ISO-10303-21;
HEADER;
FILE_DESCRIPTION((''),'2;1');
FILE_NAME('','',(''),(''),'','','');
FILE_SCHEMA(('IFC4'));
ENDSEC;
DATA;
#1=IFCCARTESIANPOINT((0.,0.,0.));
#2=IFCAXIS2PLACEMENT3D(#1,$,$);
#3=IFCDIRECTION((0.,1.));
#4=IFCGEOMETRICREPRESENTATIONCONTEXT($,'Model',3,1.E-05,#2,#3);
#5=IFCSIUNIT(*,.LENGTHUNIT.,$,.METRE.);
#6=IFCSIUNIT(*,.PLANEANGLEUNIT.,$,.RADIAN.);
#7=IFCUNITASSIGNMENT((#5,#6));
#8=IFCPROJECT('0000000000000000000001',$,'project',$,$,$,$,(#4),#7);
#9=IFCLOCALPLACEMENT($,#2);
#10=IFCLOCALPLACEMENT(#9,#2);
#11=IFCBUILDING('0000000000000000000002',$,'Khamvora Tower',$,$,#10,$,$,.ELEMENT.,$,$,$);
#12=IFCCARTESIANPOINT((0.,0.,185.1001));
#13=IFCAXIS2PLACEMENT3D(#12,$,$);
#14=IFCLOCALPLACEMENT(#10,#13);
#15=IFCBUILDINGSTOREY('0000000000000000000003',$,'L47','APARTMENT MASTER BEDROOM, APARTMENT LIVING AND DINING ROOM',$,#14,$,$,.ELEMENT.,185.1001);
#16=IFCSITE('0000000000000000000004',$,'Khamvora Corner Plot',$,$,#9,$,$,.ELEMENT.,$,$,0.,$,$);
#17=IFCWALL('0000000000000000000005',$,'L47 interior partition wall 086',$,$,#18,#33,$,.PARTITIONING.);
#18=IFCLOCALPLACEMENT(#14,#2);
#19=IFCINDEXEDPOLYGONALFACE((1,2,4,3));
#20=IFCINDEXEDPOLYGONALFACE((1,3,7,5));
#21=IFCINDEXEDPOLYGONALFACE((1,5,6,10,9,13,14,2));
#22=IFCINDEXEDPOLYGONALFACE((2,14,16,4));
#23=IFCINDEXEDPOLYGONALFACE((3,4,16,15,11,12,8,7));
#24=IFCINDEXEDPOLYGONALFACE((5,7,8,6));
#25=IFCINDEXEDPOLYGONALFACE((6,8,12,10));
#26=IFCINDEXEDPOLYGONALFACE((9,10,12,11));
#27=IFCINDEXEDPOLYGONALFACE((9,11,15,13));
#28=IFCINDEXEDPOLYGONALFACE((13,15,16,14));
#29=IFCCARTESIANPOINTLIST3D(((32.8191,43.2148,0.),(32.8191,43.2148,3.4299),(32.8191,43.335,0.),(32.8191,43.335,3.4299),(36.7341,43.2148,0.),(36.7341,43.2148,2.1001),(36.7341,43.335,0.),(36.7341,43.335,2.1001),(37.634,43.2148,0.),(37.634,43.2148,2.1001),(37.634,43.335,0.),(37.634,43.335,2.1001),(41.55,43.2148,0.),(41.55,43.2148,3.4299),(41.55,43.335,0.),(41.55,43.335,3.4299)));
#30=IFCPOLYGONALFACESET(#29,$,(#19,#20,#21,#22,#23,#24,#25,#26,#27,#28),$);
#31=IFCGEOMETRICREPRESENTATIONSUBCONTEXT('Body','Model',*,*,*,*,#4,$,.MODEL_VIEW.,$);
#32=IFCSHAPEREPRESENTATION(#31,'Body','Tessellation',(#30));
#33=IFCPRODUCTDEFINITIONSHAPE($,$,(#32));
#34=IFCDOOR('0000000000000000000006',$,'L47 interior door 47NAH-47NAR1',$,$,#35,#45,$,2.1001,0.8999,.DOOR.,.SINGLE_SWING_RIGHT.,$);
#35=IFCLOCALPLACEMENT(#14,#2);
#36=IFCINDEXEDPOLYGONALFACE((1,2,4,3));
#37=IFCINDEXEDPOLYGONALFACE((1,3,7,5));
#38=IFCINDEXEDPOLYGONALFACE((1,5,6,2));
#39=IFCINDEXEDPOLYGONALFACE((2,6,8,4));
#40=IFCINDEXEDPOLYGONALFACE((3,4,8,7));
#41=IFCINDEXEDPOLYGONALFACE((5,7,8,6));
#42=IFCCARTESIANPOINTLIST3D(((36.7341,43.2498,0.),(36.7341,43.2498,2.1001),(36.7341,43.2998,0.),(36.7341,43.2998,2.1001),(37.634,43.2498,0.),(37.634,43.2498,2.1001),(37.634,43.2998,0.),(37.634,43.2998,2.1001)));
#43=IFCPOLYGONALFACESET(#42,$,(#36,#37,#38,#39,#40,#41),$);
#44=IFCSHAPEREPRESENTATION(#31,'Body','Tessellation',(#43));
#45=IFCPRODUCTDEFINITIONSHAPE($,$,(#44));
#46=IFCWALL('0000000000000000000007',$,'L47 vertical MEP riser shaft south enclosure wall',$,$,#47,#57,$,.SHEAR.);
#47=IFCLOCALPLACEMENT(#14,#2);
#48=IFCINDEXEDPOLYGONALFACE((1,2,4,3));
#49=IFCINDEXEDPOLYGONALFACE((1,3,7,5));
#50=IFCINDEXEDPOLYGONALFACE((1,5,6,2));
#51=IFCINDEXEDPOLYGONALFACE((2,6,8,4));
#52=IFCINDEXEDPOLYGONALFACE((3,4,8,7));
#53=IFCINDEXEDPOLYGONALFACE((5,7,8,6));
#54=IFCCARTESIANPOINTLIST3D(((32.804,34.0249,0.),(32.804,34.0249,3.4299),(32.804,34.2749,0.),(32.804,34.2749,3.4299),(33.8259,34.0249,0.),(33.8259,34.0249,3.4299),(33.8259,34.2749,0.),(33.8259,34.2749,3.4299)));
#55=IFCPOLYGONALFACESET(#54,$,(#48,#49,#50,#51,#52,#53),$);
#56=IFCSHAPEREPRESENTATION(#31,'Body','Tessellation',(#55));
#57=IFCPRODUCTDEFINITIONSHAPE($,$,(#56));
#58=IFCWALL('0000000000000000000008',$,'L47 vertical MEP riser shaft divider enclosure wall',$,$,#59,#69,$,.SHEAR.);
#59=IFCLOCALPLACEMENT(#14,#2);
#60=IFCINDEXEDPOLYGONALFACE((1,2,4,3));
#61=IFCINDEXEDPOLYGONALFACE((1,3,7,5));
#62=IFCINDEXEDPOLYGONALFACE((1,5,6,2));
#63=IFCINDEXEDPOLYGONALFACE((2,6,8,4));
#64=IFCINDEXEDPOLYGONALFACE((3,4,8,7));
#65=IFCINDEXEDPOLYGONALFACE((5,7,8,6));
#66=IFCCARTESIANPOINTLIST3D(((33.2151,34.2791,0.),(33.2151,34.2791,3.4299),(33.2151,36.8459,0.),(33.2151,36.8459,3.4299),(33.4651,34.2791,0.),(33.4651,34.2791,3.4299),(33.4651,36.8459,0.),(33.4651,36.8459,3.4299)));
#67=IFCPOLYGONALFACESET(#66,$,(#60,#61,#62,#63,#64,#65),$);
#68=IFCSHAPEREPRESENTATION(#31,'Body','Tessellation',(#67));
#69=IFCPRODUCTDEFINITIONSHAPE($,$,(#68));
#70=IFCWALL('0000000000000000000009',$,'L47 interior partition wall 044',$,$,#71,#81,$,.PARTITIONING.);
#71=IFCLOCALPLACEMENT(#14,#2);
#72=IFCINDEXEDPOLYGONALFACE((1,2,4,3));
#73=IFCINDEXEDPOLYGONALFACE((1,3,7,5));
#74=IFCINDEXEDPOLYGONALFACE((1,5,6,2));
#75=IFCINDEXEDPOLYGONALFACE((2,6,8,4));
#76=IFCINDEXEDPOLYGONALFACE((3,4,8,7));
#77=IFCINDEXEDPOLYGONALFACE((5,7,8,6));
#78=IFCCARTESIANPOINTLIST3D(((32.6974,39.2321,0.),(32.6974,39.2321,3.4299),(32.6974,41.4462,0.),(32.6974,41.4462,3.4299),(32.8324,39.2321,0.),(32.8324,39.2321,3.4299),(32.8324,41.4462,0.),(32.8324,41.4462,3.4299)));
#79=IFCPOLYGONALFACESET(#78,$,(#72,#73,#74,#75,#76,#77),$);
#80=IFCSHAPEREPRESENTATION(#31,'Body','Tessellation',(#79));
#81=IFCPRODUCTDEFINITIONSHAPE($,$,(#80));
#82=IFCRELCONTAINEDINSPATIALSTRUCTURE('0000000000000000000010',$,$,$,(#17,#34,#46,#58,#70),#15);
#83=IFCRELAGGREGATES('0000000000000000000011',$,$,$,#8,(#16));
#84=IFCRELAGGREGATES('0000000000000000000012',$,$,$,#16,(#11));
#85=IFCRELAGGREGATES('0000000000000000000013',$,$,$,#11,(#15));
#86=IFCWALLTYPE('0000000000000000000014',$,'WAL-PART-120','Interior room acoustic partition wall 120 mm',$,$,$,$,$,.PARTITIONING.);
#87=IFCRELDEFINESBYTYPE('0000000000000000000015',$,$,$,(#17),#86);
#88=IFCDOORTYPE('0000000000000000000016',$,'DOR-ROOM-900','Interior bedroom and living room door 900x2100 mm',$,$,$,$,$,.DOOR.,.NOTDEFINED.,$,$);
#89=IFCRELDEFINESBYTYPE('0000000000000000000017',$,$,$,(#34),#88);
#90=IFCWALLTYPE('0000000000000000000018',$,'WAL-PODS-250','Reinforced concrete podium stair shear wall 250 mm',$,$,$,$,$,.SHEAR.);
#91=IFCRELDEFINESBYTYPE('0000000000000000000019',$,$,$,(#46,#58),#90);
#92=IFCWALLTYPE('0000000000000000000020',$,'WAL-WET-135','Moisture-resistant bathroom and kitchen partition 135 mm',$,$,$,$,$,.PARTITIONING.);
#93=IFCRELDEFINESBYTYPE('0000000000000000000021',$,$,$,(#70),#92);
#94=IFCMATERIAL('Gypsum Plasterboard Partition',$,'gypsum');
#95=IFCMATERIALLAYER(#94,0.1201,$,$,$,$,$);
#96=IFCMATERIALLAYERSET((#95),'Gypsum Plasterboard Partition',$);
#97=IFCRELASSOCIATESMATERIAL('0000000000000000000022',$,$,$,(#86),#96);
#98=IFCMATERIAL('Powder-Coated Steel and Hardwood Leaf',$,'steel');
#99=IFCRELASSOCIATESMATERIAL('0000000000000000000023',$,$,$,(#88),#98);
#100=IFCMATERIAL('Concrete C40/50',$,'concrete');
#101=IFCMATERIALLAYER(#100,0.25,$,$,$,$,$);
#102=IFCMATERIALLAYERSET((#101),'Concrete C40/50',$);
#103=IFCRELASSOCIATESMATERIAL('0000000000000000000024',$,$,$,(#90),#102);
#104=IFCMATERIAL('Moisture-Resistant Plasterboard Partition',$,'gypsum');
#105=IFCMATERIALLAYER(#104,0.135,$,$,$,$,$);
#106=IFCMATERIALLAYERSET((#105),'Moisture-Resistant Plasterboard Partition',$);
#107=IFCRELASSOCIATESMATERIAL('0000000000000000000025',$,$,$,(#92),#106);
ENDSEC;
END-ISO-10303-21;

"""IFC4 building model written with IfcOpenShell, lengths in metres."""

from ifc_helpers import new_model, si_unit, direction, frame, frame_2d, origin, place, context, subcontext, project, spatial, rectangle, extrude, material, layer, layer_set, type_object, element, fill, save


model = new_model("IFC4")

# Units and contexts
model_context = context("Model", 3, precision=1e-05, world=origin(), true_north=direction((0.0, 1.0)))
body_context = subcontext(model_context, "Body", "Model", "MODEL_VIEW")
ifc_project = project(units=[si_unit("LENGTHUNIT", "METRE"), si_unit("PLANEANGLEUNIT", "RADIAN")], contexts=[model_context])

# Site, building, storey
site_placement = place(None, origin())
site = spatial("IfcSite", under=ifc_project, at=site_placement, Name="Khamvora Corner Plot", CompositionType="ELEMENT", RefElevation=0.0)
building_placement = place(site_placement, origin())
building = spatial("IfcBuilding", under=site, at=building_placement, Name="Khamvora Tower", CompositionType="ELEMENT")
storey_placement = place(building_placement, frame((0.0, 0.0, 185.1001)))
storey = spatial("IfcBuildingStorey", under=building, at=storey_placement, Name="L47", Description="APARTMENT MASTER BEDROOM, APARTMENT LIVING AND DINING ROOM", CompositionType="ELEMENT", Elevation=185.1001)

# Shared definitions
ifc_material_1 = material(Name="Powder-Coated Steel and Hardwood Leaf", Category="steel")

# Shared definitions
ifc_material_2 = material(Name="Gypsum Plasterboard Partition", Category="gypsum")
ifc_layer_1 = layer(ifc_material_2, 0.1201)
ifc_layer_set_1 = layer_set([ifc_layer_1], Name="Gypsum Plasterboard Partition")
wall_type_1 = type_object("IfcWallType", Name="WAL-PART-120", Description="Interior room acoustic partition wall 120 mm", PredefinedType="PARTITIONING", material=ifc_layer_set_1)

# Wall, opening, door
wall_1_placement = place(storey_placement, frame((32.8191, 43.2749, 0.0), z_axis=(0.0, 0.0, 1.0), x_axis=(1.0, 0.0, 0.0)))
wall_1 = element("IfcWall", 1, at=wall_1_placement, inside=storey, type_object=wall_type_1, Name="L47 interior partition wall 086", PredefinedType="PARTITIONING", context=body_context, shape_type="SweptSolid", body=[
    extrude(rectangle(XDim=8.731, YDim=0.1201, at=frame_2d((4.3655, 0.0))), origin(), (0.0, 0.0, 1.0), 3.4299),
])
opening_1_placement = place(wall_1_placement, frame((3.915, 0.0, 0.0)))
opening_1 = element("IfcOpeningElement", 2, at=opening_1_placement, cuts=wall_1, PredefinedType="OPENING", context=body_context, shape_type="SweptSolid", body=[
    extrude(rectangle(XDim=0.8999, YDim=2.1001, at=frame_2d((0.45, 1.05))), frame((0.0, 0.0701, 0.0), z_axis=(0.0, -1.0, 0.0), x_axis=(1.0, 0.0, 0.0)), (0.0, 0.0, 1.0), 0.1401),
])
door_type_1 = type_object("IfcDoorType", Name="DOR-ROOM-900", Description="Interior bedroom and living room door 900x2100 mm", OperationType="NOTDEFINED", PredefinedType="DOOR", material=ifc_material_1)
door_1_placement = place(opening_1_placement, origin())
door_1 = element("IfcDoor", 3, at=door_1_placement, inside=storey, type_object=door_type_1, Name="L47 interior door 47NAH-47NAR1", OperationType="SINGLE_SWING_RIGHT", OverallHeight=2.1001, OverallWidth=0.8999, PredefinedType="DOOR", context=body_context, shape_type="SweptSolid", body=[
    extrude(rectangle(XDim=0.8999, YDim=2.1001, at=frame_2d((0.45, 1.05))), frame((0.0, 0.0249, 0.0), z_axis=(0.0, -1.0, 0.0), x_axis=(1.0, 0.0, 0.0)), (0.0, 0.0, 1.0), 0.05),
])
fill(opening_1, door_1)

# Walls
ifc_material_3 = material(Name="Concrete C40/50", Category="concrete")
ifc_layer_2 = layer(ifc_material_3, 0.25)
ifc_layer_set_2 = layer_set([ifc_layer_2], Name="Concrete C40/50")
wall_type_2 = type_object("IfcWallType", Name="WAL-PODS-250", Description="Reinforced concrete podium stair shear wall 250 mm", PredefinedType="SHEAR", material=ifc_layer_set_2)
wall_2_placement = place(storey_placement, frame((32.804, 34.1499, 0.0), z_axis=(0.0, 0.0, 1.0), x_axis=(1.0, 0.0, 0.0)))
element("IfcWall", 4, at=wall_2_placement, inside=storey, type_object=wall_type_2, Name="L47 vertical MEP riser shaft south enclosure wall", PredefinedType="SHEAR", context=body_context, shape_type="SweptSolid", body=[
    extrude(rectangle(XDim=1.022, YDim=0.25, at=frame_2d((0.511, 0.0))), origin(), (0.0, 0.0, 1.0), 3.4299),
])
wall_3_placement = place(storey_placement, frame((33.3401, 34.2791, 0.0), z_axis=(0.0, 0.0, 1.0), x_axis=(0.0, 1.0, 0.0)))
element("IfcWall", 5, at=wall_3_placement, inside=storey, type_object=wall_type_2, Name="L47 vertical MEP riser shaft divider enclosure wall", PredefinedType="SHEAR", context=body_context, shape_type="SweptSolid", body=[
    extrude(rectangle(XDim=2.5669, YDim=0.25, at=frame_2d((1.2834, 0.0))), origin(), (0.0, 0.0, 1.0), 3.4299),
])
ifc_material_4 = material(Name="Moisture-Resistant Plasterboard Partition", Category="gypsum")
ifc_layer_3 = layer(ifc_material_4, 0.135)
ifc_layer_set_3 = layer_set([ifc_layer_3], Name="Moisture-Resistant Plasterboard Partition")
wall_type_3 = type_object("IfcWallType", Name="WAL-WET-135", Description="Moisture-resistant bathroom and kitchen partition 135 mm", PredefinedType="PARTITIONING", material=ifc_layer_set_3)
wall_4_placement = place(storey_placement, frame((32.7649, 41.446, 0.0), z_axis=(0.0, 0.0, 1.0), x_axis=(0.0, -1.0, 0.0)))
element("IfcWall", 6, at=wall_4_placement, inside=storey, type_object=wall_type_3, Name="L47 interior partition wall 044", PredefinedType="PARTITIONING", context=body_context, shape_type="SweptSolid", body=[
    extrude(rectangle(XDim=2.2141, YDim=0.135, at=frame_2d((1.1069, 0.0))), origin(), (0.0, 0.0, 1.0), 3.4299),
])

save(model, "model.ifc")
